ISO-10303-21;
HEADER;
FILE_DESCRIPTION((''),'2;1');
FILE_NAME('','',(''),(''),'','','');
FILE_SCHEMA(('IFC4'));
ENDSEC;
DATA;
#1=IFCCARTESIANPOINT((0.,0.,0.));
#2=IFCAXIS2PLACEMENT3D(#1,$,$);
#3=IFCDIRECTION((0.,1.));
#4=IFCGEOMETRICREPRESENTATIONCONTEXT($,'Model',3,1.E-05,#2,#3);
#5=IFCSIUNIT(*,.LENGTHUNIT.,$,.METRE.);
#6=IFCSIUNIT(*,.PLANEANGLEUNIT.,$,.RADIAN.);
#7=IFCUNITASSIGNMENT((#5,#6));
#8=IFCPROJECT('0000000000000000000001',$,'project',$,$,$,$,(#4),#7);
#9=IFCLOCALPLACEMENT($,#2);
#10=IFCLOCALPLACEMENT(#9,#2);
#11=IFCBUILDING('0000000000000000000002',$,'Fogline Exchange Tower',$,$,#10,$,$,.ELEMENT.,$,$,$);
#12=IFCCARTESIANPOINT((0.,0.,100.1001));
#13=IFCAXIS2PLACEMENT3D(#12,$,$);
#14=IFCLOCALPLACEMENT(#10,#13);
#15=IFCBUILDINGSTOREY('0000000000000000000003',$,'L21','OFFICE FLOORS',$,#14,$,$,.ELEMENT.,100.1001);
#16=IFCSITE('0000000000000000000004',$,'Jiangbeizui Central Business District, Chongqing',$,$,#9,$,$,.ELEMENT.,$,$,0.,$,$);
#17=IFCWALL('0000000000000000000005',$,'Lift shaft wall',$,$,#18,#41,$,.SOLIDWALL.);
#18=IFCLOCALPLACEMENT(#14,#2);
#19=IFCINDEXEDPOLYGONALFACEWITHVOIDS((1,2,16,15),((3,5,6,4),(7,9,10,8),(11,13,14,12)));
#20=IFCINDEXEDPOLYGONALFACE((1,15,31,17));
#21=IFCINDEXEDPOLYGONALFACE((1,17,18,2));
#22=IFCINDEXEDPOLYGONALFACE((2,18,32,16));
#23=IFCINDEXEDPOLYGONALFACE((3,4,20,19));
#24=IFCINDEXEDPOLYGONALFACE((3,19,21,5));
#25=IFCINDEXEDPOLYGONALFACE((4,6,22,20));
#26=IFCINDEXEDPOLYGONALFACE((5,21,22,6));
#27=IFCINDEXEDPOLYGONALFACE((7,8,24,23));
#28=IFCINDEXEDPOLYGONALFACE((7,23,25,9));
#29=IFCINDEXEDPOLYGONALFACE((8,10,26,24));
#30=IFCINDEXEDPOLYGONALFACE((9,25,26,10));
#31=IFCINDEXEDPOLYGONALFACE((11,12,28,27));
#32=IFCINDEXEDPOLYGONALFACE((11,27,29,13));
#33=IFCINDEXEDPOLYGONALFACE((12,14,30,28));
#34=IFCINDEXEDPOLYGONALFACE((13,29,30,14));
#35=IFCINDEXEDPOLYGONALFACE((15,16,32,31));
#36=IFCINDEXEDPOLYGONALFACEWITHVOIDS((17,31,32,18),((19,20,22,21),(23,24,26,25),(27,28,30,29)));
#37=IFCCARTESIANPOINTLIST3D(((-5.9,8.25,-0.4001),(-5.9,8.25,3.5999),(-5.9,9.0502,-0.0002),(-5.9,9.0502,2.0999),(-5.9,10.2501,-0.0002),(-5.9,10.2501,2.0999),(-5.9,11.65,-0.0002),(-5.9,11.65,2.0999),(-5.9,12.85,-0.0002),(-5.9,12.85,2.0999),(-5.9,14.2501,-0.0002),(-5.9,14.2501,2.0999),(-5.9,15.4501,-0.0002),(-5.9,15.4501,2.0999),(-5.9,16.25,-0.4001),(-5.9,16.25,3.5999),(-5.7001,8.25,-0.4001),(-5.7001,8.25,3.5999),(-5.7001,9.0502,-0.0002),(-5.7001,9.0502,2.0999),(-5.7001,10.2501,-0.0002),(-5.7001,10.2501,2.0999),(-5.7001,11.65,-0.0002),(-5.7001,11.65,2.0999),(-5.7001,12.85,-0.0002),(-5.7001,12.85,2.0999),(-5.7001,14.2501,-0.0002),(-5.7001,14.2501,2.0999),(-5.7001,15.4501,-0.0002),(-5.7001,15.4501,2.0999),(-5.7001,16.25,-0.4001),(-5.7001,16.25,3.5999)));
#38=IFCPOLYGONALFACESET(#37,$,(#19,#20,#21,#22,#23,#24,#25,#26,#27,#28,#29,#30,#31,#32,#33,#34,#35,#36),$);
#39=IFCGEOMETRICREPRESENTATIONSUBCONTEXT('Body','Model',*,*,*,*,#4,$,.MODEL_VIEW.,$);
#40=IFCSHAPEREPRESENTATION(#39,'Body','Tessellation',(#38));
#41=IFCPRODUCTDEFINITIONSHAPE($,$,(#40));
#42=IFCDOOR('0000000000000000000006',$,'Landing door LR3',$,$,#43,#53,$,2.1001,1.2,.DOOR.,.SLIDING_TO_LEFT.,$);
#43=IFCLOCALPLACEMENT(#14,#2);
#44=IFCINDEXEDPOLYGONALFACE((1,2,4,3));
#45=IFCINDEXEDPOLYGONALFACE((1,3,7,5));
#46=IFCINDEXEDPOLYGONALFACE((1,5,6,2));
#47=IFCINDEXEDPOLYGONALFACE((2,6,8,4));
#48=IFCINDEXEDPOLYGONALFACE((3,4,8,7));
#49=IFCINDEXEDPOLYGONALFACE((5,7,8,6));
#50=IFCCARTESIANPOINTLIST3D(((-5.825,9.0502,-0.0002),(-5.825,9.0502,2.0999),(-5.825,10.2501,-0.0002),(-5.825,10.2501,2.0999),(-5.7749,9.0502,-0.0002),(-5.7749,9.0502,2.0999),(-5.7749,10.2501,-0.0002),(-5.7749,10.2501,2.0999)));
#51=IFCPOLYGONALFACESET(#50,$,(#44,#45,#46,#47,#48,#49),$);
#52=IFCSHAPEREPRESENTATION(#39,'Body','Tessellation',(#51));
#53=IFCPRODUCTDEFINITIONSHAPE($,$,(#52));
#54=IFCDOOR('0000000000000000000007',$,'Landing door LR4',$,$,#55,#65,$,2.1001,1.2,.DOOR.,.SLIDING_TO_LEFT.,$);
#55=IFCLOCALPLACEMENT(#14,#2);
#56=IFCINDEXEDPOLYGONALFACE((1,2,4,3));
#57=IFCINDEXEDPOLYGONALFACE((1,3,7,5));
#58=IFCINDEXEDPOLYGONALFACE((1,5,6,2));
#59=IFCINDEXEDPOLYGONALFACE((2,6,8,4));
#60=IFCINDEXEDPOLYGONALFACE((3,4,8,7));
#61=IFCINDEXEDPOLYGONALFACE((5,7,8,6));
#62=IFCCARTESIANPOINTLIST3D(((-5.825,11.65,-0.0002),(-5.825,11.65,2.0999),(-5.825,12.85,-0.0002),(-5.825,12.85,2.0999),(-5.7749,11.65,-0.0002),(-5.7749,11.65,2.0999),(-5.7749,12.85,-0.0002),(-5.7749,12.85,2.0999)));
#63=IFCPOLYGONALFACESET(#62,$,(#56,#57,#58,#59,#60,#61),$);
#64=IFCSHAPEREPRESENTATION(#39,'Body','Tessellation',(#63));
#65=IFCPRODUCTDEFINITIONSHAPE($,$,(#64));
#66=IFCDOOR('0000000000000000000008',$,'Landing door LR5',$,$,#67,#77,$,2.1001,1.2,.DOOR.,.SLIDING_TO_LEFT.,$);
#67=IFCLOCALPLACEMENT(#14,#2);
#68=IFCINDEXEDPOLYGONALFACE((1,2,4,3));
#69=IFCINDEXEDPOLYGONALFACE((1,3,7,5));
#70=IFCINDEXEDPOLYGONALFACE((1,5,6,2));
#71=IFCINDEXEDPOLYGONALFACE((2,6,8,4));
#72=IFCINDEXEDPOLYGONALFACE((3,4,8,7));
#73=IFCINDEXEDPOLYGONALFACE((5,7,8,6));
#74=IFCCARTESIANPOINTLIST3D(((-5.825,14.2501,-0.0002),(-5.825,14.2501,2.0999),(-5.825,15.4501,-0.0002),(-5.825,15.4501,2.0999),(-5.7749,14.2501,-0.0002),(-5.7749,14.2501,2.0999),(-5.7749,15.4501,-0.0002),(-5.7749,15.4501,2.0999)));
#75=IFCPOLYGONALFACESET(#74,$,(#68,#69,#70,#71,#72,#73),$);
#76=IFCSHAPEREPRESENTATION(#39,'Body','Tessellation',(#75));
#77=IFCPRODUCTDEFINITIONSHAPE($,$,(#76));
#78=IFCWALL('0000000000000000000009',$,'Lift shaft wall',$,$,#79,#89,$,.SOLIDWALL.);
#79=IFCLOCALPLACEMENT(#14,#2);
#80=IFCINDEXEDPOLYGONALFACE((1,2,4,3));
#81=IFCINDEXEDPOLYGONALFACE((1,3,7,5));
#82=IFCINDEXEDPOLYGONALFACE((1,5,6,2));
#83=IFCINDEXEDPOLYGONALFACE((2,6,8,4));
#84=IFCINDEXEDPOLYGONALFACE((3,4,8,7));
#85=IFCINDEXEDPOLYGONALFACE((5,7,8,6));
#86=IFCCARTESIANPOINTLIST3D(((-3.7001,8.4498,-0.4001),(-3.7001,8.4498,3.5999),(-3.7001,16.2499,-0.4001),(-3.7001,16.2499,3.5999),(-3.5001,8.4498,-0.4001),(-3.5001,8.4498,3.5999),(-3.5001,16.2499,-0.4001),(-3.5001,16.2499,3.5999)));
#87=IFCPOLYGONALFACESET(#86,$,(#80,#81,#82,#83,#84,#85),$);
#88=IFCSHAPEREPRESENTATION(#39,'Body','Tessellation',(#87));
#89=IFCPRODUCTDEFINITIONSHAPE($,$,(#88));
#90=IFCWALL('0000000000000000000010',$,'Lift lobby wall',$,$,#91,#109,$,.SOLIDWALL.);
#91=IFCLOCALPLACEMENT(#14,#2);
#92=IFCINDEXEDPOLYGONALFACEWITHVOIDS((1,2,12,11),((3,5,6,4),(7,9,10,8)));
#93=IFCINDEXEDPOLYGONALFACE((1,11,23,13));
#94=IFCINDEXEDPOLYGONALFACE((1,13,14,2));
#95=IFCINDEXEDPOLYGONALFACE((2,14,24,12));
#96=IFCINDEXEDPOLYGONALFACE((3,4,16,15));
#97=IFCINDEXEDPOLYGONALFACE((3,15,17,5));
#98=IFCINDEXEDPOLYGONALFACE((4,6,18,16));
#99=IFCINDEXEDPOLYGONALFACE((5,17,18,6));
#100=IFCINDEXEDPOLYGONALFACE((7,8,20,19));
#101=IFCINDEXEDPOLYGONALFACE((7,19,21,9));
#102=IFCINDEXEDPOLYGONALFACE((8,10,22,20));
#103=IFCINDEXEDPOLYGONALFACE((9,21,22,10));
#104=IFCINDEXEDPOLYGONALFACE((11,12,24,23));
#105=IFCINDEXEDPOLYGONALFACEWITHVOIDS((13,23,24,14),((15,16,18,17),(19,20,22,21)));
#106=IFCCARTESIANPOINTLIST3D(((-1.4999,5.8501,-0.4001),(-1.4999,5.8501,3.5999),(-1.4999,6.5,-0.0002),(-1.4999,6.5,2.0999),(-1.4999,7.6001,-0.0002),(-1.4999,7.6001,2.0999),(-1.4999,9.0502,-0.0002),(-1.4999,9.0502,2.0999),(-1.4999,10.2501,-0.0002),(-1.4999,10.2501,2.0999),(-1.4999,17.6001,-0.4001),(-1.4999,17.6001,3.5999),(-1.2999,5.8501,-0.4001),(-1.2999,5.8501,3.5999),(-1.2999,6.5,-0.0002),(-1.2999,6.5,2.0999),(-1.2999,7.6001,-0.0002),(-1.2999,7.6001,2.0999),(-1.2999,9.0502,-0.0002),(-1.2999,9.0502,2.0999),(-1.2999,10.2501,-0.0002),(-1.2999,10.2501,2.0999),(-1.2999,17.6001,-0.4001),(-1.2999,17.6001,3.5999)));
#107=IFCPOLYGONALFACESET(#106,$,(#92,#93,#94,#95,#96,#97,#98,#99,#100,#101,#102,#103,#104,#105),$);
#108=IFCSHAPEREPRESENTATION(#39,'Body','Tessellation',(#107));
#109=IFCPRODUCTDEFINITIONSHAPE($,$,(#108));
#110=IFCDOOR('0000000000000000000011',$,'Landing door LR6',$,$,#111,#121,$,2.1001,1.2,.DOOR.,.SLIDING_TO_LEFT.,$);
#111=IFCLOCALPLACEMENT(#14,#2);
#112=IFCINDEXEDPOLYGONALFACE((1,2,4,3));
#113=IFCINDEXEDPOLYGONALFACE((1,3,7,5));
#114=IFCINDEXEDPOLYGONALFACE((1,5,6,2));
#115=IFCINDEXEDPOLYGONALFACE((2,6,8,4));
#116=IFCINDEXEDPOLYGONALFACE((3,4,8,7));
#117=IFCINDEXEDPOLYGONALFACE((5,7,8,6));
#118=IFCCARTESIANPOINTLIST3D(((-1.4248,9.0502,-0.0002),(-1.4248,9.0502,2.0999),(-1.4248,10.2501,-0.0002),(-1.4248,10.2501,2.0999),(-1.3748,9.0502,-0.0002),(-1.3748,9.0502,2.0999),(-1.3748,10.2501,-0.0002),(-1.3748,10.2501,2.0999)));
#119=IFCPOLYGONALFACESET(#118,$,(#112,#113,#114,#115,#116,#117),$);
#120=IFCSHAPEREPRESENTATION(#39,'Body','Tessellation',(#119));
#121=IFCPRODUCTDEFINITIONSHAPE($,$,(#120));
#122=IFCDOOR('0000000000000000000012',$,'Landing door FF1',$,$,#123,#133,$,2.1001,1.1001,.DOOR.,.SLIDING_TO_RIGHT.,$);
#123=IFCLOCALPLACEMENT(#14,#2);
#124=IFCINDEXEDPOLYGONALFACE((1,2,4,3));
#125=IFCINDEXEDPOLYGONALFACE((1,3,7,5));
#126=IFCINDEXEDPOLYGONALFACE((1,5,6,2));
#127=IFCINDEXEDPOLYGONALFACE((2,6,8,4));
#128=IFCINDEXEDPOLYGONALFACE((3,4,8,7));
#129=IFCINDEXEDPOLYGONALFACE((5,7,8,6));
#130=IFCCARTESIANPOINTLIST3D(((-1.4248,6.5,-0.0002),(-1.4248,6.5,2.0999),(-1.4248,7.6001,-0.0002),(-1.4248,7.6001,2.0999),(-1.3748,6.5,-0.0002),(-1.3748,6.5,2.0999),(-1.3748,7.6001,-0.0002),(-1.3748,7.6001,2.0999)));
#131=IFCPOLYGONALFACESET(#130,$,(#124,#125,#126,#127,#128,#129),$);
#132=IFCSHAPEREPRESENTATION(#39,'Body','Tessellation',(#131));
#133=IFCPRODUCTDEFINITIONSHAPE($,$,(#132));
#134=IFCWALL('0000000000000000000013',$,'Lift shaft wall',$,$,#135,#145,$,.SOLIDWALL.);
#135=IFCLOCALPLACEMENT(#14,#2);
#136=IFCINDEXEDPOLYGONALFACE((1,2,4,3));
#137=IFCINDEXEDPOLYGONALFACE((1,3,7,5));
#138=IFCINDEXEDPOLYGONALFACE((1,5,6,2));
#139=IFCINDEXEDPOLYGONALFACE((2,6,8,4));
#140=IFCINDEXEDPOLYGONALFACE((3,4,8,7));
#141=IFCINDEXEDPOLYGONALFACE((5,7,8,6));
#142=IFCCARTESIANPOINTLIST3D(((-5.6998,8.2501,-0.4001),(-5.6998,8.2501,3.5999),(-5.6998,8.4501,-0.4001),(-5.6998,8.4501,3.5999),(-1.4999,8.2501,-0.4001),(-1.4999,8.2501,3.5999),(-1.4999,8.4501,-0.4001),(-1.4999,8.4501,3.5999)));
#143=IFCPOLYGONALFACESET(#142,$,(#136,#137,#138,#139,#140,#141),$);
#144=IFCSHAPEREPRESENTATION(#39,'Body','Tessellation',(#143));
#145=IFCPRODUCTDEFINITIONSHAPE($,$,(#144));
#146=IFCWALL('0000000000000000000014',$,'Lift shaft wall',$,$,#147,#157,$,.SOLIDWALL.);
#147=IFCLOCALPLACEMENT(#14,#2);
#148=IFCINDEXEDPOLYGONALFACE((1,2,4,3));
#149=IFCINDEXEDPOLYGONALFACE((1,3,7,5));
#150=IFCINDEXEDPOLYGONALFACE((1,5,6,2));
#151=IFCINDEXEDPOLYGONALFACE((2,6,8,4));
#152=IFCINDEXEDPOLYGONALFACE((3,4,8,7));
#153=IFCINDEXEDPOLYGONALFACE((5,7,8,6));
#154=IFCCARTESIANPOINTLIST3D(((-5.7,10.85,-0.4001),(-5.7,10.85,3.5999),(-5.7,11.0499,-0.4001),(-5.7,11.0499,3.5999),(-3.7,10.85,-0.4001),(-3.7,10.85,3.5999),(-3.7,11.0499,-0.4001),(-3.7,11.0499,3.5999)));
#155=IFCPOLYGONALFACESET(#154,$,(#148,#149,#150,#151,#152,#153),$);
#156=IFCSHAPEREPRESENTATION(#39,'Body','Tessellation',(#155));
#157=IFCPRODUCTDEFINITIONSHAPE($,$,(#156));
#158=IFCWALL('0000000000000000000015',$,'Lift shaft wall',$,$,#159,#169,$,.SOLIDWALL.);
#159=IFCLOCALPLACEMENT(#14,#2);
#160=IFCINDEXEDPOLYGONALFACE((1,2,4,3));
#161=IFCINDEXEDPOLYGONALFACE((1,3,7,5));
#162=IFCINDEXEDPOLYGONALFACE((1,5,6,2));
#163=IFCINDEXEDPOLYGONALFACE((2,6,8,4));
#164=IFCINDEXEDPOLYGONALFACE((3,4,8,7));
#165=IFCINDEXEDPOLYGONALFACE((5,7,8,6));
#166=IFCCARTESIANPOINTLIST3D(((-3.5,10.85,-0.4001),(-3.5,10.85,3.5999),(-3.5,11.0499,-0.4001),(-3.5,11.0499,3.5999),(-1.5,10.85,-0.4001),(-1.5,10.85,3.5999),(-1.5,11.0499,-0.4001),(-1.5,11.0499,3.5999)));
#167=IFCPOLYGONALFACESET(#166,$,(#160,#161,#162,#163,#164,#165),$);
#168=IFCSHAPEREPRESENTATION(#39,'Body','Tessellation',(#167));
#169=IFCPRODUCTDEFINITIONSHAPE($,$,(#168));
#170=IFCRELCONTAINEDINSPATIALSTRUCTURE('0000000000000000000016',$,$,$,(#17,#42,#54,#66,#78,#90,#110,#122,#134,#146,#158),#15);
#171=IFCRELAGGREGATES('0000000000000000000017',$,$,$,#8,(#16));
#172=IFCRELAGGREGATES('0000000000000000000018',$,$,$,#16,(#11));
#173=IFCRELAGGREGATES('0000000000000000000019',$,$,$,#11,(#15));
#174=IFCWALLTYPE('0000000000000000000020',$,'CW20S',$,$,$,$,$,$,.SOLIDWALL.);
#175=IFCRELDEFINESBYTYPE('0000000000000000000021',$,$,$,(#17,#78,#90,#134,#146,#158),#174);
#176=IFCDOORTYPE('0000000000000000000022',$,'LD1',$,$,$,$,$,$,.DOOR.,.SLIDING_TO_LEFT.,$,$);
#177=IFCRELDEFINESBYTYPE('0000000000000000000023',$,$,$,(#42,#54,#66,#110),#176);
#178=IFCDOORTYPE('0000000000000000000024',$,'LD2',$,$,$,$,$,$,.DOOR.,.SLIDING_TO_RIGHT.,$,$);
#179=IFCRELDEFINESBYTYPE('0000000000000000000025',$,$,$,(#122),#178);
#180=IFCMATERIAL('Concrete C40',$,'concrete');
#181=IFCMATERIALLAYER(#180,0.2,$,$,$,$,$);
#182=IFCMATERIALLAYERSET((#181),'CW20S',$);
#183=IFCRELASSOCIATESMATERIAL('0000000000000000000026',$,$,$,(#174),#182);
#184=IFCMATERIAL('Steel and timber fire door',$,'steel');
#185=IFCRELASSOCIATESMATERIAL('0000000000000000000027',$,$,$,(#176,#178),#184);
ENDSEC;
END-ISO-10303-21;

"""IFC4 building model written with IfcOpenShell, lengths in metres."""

from ifc_helpers import new_model, si_unit, direction, frame, frame_2d, origin, place, context, subcontext, project, spatial, rectangle, extrude, material, layer, layer_set, type_object, element, fill, save


model = new_model("IFC4")

# Units and contexts
model_context = context("Model", 3, precision=1e-05, world=origin(), true_north=direction((0.0, 1.0)))
body_context = subcontext(model_context, "Body", "Model", "MODEL_VIEW")
ifc_project = project(units=[si_unit("LENGTHUNIT", "METRE"), si_unit("PLANEANGLEUNIT", "RADIAN")], contexts=[model_context])

# Site, building, storey
site_placement = place(None, origin())
site = spatial("IfcSite", under=ifc_project, at=site_placement, Name="Jiangbeizui Central Business District, Chongqing", CompositionType="ELEMENT", RefElevation=0.0)
building_placement = place(site_placement, origin())
building = spatial("IfcBuilding", under=site, at=building_placement, Name="Fogline Exchange Tower", CompositionType="ELEMENT")
storey_placement = place(building_placement, frame((0.0, 0.0, 100.1001)))
storey = spatial("IfcBuildingStorey", under=building, at=storey_placement, Name="L21", Description="OFFICE FLOORS", CompositionType="ELEMENT", Elevation=100.1001)

# Shared definitions
ifc_material_1 = material(Name="Steel and timber fire door", Category="steel")

# Shared definitions
ifc_material_2 = material(Name="Concrete C40", Category="concrete")

# Wall, openings, doors
ifc_layer_1 = layer(ifc_material_2, 0.2)
ifc_layer_set_1 = layer_set([ifc_layer_1], Name="CW20S")
wall_type_1 = type_object("IfcWallType", Name="CW20S", PredefinedType="SOLIDWALL", material=ifc_layer_set_1)
door_type_1 = type_object("IfcDoorType", Name="LD1", OperationType="SLIDING_TO_LEFT", PredefinedType="DOOR", material=ifc_material_1)
wall_1_placement = place(storey_placement, frame((-5.8, 8.25, -0.4001), z_axis=(0.0, 0.0, 1.0), x_axis=(0.0, 1.0, 0.0)))
wall_1 = element("IfcWall", 1, at=wall_1_placement, inside=storey, type_object=wall_type_1, Name="Lift shaft wall", PredefinedType="SOLIDWALL", context=body_context, shape_type="SweptSolid", body=[
    extrude(rectangle(XDim=8.0, YDim=0.2, at=frame_2d((4.0, 0.0))), origin(), (0.0, 0.0, 1.0), 4.0),
])
opening_1_placement = place(wall_1_placement, frame((0.8, 0.0, 0.3999)))
opening_1 = element("IfcOpeningElement", 2, at=opening_1_placement, cuts=wall_1, PredefinedType="OPENING", context=body_context, shape_type="SweptSolid", body=[
    extrude(rectangle(XDim=1.2, YDim=2.1001, at=frame_2d((0.6001, 1.05))), frame((0.0, 0.1099, 0.0), z_axis=(0.0, -1.0, 0.0), x_axis=(1.0, 0.0, 0.0)), (0.0, 0.0, 1.0), 0.22),
])
opening_2_placement = place(wall_1_placement, frame((3.3999, 0.0, 0.3999)))
opening_2 = element("IfcOpeningElement", 3, at=opening_2_placement, cuts=wall_1, PredefinedType="OPENING", context=body_context, shape_type="SweptSolid", body=[
    extrude(rectangle(XDim=1.2, YDim=2.1001, at=frame_2d((0.6001, 1.05))), frame((0.0, 0.1099, 0.0), z_axis=(0.0, -1.0, 0.0), x_axis=(1.0, 0.0, 0.0)), (0.0, 0.0, 1.0), 0.22),
])
opening_3_placement = place(wall_1_placement, frame((6.0, 0.0, 0.3999)))
opening_3 = element("IfcOpeningElement", 4, at=opening_3_placement, cuts=wall_1, PredefinedType="OPENING", context=body_context, shape_type="SweptSolid", body=[
    extrude(rectangle(XDim=1.2, YDim=2.1001, at=frame_2d((0.6001, 1.05))), frame((0.0, 0.1099, 0.0), z_axis=(0.0, -1.0, 0.0), x_axis=(1.0, 0.0, 0.0)), (0.0, 0.0, 1.0), 0.22),
])
door_1_placement = place(opening_1_placement, origin())
door_1 = element("IfcDoor", 5, at=door_1_placement, inside=storey, type_object=door_type_1, Name="Landing door LR3", OperationType="SLIDING_TO_LEFT", OverallHeight=2.1001, OverallWidth=1.2, PredefinedType="DOOR", context=body_context, shape_type="SweptSolid", body=[
    extrude(rectangle(XDim=1.2, YDim=2.1001, at=frame_2d((0.6001, 1.05))), frame((0.0, 0.0249, 0.0), z_axis=(0.0, -1.0, 0.0), x_axis=(1.0, 0.0, 0.0)), (0.0, 0.0, 1.0), 0.05),
])
fill(opening_1, door_1)
door_2_placement = place(opening_2_placement, origin())
door_2 = element("IfcDoor", 6, at=door_2_placement, inside=storey, type_object=door_type_1, Name="Landing door LR4", OperationType="SLIDING_TO_LEFT", OverallHeight=2.1001, OverallWidth=1.2, PredefinedType="DOOR", context=body_context, shape_type="SweptSolid", body=[
    extrude(rectangle(XDim=1.2, YDim=2.1001, at=frame_2d((0.6001, 1.05))), frame((0.0, 0.0249, 0.0), z_axis=(0.0, -1.0, 0.0), x_axis=(1.0, 0.0, 0.0)), (0.0, 0.0, 1.0), 0.05),
])
fill(opening_2, door_2)
door_3_placement = place(opening_3_placement, origin())
door_3 = element("IfcDoor", 7, at=door_3_placement, inside=storey, type_object=door_type_1, Name="Landing door LR5", OperationType="SLIDING_TO_LEFT", OverallHeight=2.1001, OverallWidth=1.2, PredefinedType="DOOR", context=body_context, shape_type="SweptSolid", body=[
    extrude(rectangle(XDim=1.2, YDim=2.1001, at=frame_2d((0.6001, 1.05))), frame((0.0, 0.0249, 0.0), z_axis=(0.0, -1.0, 0.0), x_axis=(1.0, 0.0, 0.0)), (0.0, 0.0, 1.0), 0.05),
])
fill(opening_3, door_3)

# Wall
wall_2_placement = place(storey_placement, frame((-3.6001, 8.45, -0.4001), z_axis=(0.0, 0.0, 1.0), x_axis=(0.0, 1.0, 0.0)))
element("IfcWall", 8, at=wall_2_placement, inside=storey, type_object=wall_type_1, Name="Lift shaft wall", PredefinedType="SOLIDWALL", context=body_context, shape_type="SweptSolid", body=[
    extrude(rectangle(XDim=7.8, YDim=0.2, at=frame_2d((3.8999, 0.0))), origin(), (0.0, 0.0, 1.0), 4.0),
])

# Wall, openings, doors
wall_3_placement = place(storey_placement, frame((-1.3999, 5.8501, -0.4001), z_axis=(0.0, 0.0, 1.0), x_axis=(0.0, 1.0, 0.0)))
wall_3 = element("IfcWall", 9, at=wall_3_placement, inside=storey, type_object=wall_type_1, Name="Lift lobby wall", PredefinedType="SOLIDWALL", context=body_context, shape_type="SweptSolid", body=[
    extrude(rectangle(XDim=11.75, YDim=0.2, at=frame_2d((5.875, 0.0))), origin(), (0.0, 0.0, 1.0), 4.0),
])
opening_4_placement = place(wall_3_placement, frame((3.2, 0.0, 0.3999)))
opening_4 = element("IfcOpeningElement", 10, at=opening_4_placement, cuts=wall_3, PredefinedType="OPENING", context=body_context, shape_type="SweptSolid", body=[
    extrude(rectangle(XDim=1.2, YDim=2.1001, at=frame_2d((0.6001, 1.05))), frame((0.0, 0.1099, 0.0), z_axis=(0.0, -1.0, 0.0), x_axis=(1.0, 0.0, 0.0)), (0.0, 0.0, 1.0), 0.22),
])
opening_5_placement = place(wall_3_placement, frame((0.6499, 0.0, 0.3999)))
opening_5 = element("IfcOpeningElement", 11, at=opening_5_placement, cuts=wall_3, PredefinedType="OPENING", context=body_context, shape_type="SweptSolid", body=[
    extrude(rectangle(XDim=1.1001, YDim=2.1001, at=frame_2d((0.55, 1.05))), frame((0.0, 0.1099, 0.0), z_axis=(0.0, -1.0, 0.0), x_axis=(1.0, 0.0, 0.0)), (0.0, 0.0, 1.0), 0.22),
])
door_4_placement = place(opening_4_placement, origin())
door_4 = element("IfcDoor", 12, at=door_4_placement, inside=storey, type_object=door_type_1, Name="Landing door LR6", OperationType="SLIDING_TO_LEFT", OverallHeight=2.1001, OverallWidth=1.2, PredefinedType="DOOR", context=body_context, shape_type="SweptSolid", body=[
    extrude(rectangle(XDim=1.2, YDim=2.1001, at=frame_2d((0.6001, 1.05))), frame((0.0, 0.0249, 0.0), z_axis=(0.0, -1.0, 0.0), x_axis=(1.0, 0.0, 0.0)), (0.0, 0.0, 1.0), 0.05),
])
fill(opening_4, door_4)
door_type_2 = type_object("IfcDoorType", Name="LD2", OperationType="SLIDING_TO_RIGHT", PredefinedType="DOOR", material=ifc_material_1)
door_5_placement = place(opening_5_placement, origin())
door_5 = element("IfcDoor", 13, at=door_5_placement, inside=storey, type_object=door_type_2, Name="Landing door FF1", OperationType="SLIDING_TO_RIGHT", OverallHeight=2.1001, OverallWidth=1.1001, PredefinedType="DOOR", context=body_context, shape_type="SweptSolid", body=[
    extrude(rectangle(XDim=1.1001, YDim=2.1001, at=frame_2d((0.55, 1.05))), frame((0.0, 0.0249, 0.0), z_axis=(0.0, -1.0, 0.0), x_axis=(1.0, 0.0, 0.0)), (0.0, 0.0, 1.0), 0.05),
])
fill(opening_5, door_5)

# Walls
wall_4_placement = place(storey_placement, frame((-5.7, 8.3501, -0.4001), z_axis=(0.0, 0.0, 1.0), x_axis=(1.0, 0.0, 0.0)))
element("IfcWall", 14, at=wall_4_placement, inside=storey, type_object=wall_type_1, Name="Lift shaft wall", PredefinedType="SOLIDWALL", context=body_context, shape_type="SweptSolid", body=[
    extrude(rectangle(XDim=4.2, YDim=0.2, at=frame_2d((2.1001, 0.0))), origin(), (0.0, 0.0, 1.0), 4.0),
])
for number, where, z_axis, x_axis, name in (
    (15, (-5.7, 10.95, -0.4001), (0.0, 0.0, 1.0), (1.0, 0.0, 0.0), "Lift shaft wall"),
    (16, (-3.5, 10.95, -0.4001), (0.0, 0.0, 1.0), (1.0, 0.0, 0.0), "Lift shaft wall"),
):
    element("IfcWall", number, at=place(storey_placement, frame(where, z_axis=z_axis, x_axis=x_axis)), inside=storey, type_object=wall_type_1, Name=name, PredefinedType="SOLIDWALL", context=body_context, shape_type="SweptSolid", body=[
        extrude(rectangle(XDim=2.0, YDim=0.2, at=frame_2d((1.0, 0.0))), origin(), (0.0, 0.0, 1.0), 4.0),
    ])

save(model, "model.ifc")
